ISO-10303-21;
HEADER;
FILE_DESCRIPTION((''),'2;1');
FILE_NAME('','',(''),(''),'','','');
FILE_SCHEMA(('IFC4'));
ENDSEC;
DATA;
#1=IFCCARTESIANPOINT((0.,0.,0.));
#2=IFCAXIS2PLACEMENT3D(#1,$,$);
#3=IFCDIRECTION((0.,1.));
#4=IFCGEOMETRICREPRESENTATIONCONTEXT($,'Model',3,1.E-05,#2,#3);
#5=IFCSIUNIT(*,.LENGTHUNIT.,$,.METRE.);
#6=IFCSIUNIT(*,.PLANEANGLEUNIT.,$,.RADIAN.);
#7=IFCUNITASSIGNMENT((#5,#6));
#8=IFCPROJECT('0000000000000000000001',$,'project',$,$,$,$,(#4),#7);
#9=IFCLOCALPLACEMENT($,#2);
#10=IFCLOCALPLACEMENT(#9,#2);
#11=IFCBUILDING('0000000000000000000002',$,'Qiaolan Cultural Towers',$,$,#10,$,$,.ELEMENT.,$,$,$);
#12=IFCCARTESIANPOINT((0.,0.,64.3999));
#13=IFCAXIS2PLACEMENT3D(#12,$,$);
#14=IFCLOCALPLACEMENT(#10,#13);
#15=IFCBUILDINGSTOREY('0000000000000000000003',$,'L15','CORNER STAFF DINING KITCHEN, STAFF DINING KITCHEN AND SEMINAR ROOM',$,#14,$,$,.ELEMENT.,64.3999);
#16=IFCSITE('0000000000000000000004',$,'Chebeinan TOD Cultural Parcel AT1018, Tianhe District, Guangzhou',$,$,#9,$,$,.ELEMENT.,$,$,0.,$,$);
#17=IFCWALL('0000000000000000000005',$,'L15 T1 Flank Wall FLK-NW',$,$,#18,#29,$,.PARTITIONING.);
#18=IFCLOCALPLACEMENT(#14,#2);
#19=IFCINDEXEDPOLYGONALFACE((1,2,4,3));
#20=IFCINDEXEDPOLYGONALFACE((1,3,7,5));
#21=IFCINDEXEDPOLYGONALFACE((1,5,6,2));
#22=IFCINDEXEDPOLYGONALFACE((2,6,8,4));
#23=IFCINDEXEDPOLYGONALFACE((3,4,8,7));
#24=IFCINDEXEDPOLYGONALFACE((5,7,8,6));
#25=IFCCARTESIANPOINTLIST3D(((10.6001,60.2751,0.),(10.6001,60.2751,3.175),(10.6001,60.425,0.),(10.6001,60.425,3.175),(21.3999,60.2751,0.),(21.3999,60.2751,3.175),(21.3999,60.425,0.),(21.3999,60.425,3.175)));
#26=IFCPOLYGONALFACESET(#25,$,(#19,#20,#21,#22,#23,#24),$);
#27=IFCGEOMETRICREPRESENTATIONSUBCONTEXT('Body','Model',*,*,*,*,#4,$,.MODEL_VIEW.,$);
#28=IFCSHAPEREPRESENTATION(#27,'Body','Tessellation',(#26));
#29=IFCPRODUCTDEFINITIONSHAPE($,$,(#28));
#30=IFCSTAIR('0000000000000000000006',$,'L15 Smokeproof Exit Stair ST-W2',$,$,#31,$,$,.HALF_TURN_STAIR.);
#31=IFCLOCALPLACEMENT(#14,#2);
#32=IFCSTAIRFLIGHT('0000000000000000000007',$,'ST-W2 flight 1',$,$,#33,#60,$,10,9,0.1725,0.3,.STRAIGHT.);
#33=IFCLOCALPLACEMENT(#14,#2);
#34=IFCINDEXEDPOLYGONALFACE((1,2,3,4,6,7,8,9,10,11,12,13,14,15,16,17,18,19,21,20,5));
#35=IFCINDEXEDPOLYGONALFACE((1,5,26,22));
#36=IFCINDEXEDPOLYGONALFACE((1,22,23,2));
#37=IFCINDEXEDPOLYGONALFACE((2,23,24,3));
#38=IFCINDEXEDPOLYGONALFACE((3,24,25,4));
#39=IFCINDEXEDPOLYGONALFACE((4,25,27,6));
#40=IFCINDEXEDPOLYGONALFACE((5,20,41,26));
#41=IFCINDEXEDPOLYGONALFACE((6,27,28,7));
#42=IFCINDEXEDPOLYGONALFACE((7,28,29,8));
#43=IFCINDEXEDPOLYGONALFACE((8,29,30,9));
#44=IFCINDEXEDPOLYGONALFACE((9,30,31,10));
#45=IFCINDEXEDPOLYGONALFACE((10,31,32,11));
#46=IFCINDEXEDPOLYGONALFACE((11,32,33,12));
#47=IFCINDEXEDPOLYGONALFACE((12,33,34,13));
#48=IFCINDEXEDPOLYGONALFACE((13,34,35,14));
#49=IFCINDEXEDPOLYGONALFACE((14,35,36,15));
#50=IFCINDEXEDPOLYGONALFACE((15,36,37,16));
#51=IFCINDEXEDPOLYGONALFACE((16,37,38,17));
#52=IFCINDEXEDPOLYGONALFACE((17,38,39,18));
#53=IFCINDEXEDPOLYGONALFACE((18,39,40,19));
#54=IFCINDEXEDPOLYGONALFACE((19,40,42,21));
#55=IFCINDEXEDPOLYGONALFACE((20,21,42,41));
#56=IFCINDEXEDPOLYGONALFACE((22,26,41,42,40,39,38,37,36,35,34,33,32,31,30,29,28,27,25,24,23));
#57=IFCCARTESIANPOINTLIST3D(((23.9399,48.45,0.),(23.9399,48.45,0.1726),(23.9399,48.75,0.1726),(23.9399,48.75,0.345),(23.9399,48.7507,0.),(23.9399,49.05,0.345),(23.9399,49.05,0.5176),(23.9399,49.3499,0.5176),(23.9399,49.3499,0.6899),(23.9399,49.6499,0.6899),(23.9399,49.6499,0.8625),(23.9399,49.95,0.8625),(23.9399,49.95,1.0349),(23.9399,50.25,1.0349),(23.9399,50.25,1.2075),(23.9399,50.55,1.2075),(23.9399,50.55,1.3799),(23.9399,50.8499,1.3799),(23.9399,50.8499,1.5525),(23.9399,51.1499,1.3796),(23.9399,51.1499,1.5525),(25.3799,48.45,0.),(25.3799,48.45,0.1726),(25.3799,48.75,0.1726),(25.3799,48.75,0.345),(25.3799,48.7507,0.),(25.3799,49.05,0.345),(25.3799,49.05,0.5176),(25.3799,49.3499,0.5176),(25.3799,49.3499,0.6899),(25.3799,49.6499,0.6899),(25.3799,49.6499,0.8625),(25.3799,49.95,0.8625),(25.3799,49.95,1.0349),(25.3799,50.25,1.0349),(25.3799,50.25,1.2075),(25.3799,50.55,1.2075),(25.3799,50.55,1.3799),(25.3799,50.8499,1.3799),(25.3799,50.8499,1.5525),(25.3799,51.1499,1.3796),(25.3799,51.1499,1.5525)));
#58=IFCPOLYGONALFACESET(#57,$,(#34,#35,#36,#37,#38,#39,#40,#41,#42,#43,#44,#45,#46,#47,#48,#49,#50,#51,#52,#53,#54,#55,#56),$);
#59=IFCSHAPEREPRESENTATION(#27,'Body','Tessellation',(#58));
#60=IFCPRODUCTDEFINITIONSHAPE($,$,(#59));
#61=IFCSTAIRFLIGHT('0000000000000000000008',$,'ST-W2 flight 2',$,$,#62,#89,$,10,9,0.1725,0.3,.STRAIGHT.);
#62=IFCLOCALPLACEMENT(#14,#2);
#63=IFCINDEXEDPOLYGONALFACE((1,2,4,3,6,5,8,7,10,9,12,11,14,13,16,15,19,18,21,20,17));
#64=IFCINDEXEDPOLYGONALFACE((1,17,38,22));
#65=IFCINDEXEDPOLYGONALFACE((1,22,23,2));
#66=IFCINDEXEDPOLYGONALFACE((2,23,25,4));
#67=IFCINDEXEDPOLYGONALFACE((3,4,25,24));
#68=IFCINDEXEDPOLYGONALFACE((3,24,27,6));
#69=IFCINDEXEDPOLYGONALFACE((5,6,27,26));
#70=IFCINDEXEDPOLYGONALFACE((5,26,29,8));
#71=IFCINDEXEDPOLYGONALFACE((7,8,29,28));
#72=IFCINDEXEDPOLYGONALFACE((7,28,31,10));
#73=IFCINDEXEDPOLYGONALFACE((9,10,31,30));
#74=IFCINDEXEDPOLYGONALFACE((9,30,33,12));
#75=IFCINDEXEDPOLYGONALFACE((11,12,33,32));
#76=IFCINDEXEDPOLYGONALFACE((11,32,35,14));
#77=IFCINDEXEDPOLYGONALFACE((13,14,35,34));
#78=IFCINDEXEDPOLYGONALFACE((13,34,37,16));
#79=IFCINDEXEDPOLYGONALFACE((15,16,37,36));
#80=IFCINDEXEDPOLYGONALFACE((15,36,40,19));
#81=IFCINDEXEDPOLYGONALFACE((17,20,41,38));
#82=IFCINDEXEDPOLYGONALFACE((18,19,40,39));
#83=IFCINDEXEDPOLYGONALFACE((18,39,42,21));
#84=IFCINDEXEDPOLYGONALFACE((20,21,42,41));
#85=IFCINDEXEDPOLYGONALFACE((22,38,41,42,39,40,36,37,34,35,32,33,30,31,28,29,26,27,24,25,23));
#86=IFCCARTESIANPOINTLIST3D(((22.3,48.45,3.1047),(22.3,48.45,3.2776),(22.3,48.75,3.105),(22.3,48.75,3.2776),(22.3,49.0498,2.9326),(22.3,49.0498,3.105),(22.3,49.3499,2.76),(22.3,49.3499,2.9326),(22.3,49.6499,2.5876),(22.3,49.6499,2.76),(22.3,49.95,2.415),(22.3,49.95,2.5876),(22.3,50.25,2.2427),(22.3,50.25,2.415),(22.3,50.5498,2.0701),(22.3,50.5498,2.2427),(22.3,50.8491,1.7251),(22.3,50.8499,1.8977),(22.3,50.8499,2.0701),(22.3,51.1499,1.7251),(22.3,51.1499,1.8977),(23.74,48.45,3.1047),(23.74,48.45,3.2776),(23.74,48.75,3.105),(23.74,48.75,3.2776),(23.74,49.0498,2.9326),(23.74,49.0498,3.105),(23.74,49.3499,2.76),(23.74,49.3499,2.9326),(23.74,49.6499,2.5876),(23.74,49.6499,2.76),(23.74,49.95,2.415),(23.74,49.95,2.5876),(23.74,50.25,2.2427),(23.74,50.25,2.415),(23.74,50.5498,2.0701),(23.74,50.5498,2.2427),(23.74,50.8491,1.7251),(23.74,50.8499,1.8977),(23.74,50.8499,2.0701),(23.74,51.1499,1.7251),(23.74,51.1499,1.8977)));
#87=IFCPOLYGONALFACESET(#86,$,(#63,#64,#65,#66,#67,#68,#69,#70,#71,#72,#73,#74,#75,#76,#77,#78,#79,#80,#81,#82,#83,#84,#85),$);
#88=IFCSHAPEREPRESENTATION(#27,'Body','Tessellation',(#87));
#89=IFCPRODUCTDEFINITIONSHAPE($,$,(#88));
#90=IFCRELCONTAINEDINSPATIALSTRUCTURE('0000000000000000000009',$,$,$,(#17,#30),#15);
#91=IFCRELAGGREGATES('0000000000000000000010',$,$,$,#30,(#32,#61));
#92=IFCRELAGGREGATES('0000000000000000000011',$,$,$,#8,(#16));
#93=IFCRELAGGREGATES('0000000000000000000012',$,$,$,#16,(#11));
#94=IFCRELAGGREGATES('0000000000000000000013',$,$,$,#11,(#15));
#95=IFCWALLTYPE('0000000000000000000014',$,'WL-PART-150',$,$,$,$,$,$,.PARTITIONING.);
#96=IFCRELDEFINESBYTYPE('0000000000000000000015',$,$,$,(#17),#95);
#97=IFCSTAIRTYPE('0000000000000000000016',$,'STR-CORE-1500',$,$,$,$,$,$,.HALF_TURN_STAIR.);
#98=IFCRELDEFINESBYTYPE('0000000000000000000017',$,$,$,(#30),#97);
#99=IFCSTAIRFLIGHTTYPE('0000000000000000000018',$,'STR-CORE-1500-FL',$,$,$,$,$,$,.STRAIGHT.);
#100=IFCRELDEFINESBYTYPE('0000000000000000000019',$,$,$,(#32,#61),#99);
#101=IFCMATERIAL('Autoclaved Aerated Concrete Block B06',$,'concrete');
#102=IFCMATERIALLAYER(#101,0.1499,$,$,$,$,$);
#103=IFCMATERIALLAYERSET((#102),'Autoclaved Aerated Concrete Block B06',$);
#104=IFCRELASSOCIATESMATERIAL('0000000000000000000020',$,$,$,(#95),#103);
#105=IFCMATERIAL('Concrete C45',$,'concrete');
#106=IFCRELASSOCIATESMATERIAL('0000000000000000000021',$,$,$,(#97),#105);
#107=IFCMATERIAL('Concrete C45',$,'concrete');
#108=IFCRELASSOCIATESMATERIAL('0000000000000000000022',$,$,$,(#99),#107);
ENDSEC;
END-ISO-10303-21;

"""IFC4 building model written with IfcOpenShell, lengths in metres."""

from ifc_helpers import new_model, si_unit, direction, frame, frame_2d, origin, place, context, subcontext, project, spatial, polyline, rectangle, outline, extrude, material, layer, layer_set, type_object, element, aggregate, save


model = new_model("IFC4")

# Units and contexts
model_context = context("Model", 3, precision=1e-05, world=origin(), true_north=direction((0.0, 1.0)))
body_context = subcontext(model_context, "Body", "Model", "MODEL_VIEW")
ifc_project = project(units=[si_unit("LENGTHUNIT", "METRE"), si_unit("PLANEANGLEUNIT", "RADIAN")], contexts=[model_context])

# Site, building, storey
site_placement = place(None, origin())
site = spatial("IfcSite", under=ifc_project, at=site_placement, Name="Chebeinan TOD Cultural Parcel AT1018, Tianhe District, Guangzhou", CompositionType="ELEMENT", RefElevation=0.0)
building_placement = place(site_placement, origin())
building = spatial("IfcBuilding", under=site, at=building_placement, Name="Qiaolan Cultural Towers", CompositionType="ELEMENT")
storey_placement = place(building_placement, frame((0.0, 0.0, 64.3999)))
storey = spatial("IfcBuildingStorey", under=building, at=storey_placement, Name="L15", Description="CORNER STAFF DINING KITCHEN, STAFF DINING KITCHEN AND SEMINAR ROOM", CompositionType="ELEMENT", Elevation=64.3999)

# Wall
ifc_material_1 = material(Name="Autoclaved Aerated Concrete Block B06", Category="concrete")
ifc_layer_1 = layer(ifc_material_1, 0.1499)
ifc_layer_set_1 = layer_set([ifc_layer_1], Name="Autoclaved Aerated Concrete Block B06")
wall_type_1 = type_object("IfcWallType", Name="WL-PART-150", PredefinedType="PARTITIONING", material=ifc_layer_set_1)
wall_1_placement = place(storey_placement, frame((10.6001, 60.3501, 0.0), z_axis=(0.0, 0.0, 1.0), x_axis=(1.0, 0.0, 0.0)))
element("IfcWall", 1, at=wall_1_placement, inside=storey, type_object=wall_type_1, Name="L15 T1 Flank Wall FLK-NW", PredefinedType="PARTITIONING", context=body_context, shape_type="SweptSolid", body=[
    extrude(rectangle(XDim=10.7998, YDim=0.1499, at=frame_2d((5.3999, 0.0))), origin(), (0.0, 0.0, 1.0), 3.175),
])

# Stair, stair flights
ifc_material_2 = material(Name="Concrete C45", Category="concrete")
stair_type = type_object("IfcStairType", Name="STR-CORE-1500", PredefinedType="HALF_TURN_STAIR", material=ifc_material_2)
stair_placement = place(storey_placement, origin())
stair = element("IfcStair", 2, at=stair_placement, inside=storey, type_object=stair_type, Name="L15 Smokeproof Exit Stair ST-W2", PredefinedType="HALF_TURN_STAIR")
ifc_material_3 = material(Name="Concrete C45", Category="concrete")
stair_flight_type = type_object("IfcStairFlightType", Name="STR-CORE-1500-FL", PredefinedType="STRAIGHT", material=ifc_material_3)
stair_flight_1_placement = place(storey_placement, frame((24.6599, 48.45, 0.0), z_axis=(0.0, 0.0, 1.0), x_axis=(0.0, 1.0, 0.0)))
stair_flight_1 = element("IfcStairFlight", 3, at=stair_flight_1_placement, type_object=stair_flight_type, Name="ST-W2 flight 1", NumberOfRisers=10, NumberOfTreads=9, PredefinedType="STRAIGHT", RiserHeight=0.1725, TreadLength=0.3, context=body_context, shape_type="SweptSolid", body=[
    extrude(outline(polyline([(0.0, 0.0), (0.0, 0.1726), (0.3, 0.1726), (0.3, 0.345), (0.6001, 0.345), (0.6001, 0.5176), (0.8999, 0.5176), (0.8999, 0.6899), (1.2, 0.6899), (1.2, 0.8625), (1.5, 0.8625), (1.5, 1.0349), (1.8, 1.0349), (1.8, 1.2075), (2.1001, 1.2075), (2.1001, 1.3799), (2.3999, 1.3799), (2.3999, 1.5525), (2.7, 1.5525), (2.7, 1.7251), (2.7, 1.3796), (0.3008, 0.0), (0.0, 0.0)])), frame((0.0, 0.72, 0.0), z_axis=(0.0, -1.0, 0.0), x_axis=(1.0, 0.0, 0.0)), (0.0, 0.0, 1.0), 1.4399),
])
stair_flight_2_placement = place(storey_placement, frame((23.02, 51.1499, 1.7251), z_axis=(0.0, 0.0, 1.0), x_axis=(0.0, -1.0, 0.0)))
stair_flight_2 = element("IfcStairFlight", 4, at=stair_flight_2_placement, type_object=stair_flight_type, Name="ST-W2 flight 2", NumberOfRisers=10, NumberOfTreads=9, PredefinedType="STRAIGHT", RiserHeight=0.1725, TreadLength=0.3, context=body_context, shape_type="SweptSolid", body=[
    extrude(outline(polyline([(0.0, 0.0), (0.0, 0.1726), (0.3, 0.1726), (0.3, 0.345), (0.6001, 0.345), (0.6001, 0.5176), (0.8999, 0.5176), (0.8999, 0.6899), (1.2, 0.6899), (1.2, 0.8625), (1.5, 0.8625), (1.5, 1.0349), (1.8, 1.0349), (1.8, 1.2075), (2.1001, 1.2075), (2.1001, 1.3799), (2.3999, 1.3799), (2.3999, 1.5525), (2.7, 1.5525), (2.7, 1.7251), (2.7, 1.3796), (0.3008, 0.0), (0.0, 0.0)])), frame((0.0, 0.72, 0.0), z_axis=(0.0, -1.0, 0.0), x_axis=(1.0, 0.0, 0.0)), (0.0, 0.0, 1.0), 1.4399),
])
aggregate(stair, [stair_flight_1, stair_flight_2])

save(model, "model.ifc")
